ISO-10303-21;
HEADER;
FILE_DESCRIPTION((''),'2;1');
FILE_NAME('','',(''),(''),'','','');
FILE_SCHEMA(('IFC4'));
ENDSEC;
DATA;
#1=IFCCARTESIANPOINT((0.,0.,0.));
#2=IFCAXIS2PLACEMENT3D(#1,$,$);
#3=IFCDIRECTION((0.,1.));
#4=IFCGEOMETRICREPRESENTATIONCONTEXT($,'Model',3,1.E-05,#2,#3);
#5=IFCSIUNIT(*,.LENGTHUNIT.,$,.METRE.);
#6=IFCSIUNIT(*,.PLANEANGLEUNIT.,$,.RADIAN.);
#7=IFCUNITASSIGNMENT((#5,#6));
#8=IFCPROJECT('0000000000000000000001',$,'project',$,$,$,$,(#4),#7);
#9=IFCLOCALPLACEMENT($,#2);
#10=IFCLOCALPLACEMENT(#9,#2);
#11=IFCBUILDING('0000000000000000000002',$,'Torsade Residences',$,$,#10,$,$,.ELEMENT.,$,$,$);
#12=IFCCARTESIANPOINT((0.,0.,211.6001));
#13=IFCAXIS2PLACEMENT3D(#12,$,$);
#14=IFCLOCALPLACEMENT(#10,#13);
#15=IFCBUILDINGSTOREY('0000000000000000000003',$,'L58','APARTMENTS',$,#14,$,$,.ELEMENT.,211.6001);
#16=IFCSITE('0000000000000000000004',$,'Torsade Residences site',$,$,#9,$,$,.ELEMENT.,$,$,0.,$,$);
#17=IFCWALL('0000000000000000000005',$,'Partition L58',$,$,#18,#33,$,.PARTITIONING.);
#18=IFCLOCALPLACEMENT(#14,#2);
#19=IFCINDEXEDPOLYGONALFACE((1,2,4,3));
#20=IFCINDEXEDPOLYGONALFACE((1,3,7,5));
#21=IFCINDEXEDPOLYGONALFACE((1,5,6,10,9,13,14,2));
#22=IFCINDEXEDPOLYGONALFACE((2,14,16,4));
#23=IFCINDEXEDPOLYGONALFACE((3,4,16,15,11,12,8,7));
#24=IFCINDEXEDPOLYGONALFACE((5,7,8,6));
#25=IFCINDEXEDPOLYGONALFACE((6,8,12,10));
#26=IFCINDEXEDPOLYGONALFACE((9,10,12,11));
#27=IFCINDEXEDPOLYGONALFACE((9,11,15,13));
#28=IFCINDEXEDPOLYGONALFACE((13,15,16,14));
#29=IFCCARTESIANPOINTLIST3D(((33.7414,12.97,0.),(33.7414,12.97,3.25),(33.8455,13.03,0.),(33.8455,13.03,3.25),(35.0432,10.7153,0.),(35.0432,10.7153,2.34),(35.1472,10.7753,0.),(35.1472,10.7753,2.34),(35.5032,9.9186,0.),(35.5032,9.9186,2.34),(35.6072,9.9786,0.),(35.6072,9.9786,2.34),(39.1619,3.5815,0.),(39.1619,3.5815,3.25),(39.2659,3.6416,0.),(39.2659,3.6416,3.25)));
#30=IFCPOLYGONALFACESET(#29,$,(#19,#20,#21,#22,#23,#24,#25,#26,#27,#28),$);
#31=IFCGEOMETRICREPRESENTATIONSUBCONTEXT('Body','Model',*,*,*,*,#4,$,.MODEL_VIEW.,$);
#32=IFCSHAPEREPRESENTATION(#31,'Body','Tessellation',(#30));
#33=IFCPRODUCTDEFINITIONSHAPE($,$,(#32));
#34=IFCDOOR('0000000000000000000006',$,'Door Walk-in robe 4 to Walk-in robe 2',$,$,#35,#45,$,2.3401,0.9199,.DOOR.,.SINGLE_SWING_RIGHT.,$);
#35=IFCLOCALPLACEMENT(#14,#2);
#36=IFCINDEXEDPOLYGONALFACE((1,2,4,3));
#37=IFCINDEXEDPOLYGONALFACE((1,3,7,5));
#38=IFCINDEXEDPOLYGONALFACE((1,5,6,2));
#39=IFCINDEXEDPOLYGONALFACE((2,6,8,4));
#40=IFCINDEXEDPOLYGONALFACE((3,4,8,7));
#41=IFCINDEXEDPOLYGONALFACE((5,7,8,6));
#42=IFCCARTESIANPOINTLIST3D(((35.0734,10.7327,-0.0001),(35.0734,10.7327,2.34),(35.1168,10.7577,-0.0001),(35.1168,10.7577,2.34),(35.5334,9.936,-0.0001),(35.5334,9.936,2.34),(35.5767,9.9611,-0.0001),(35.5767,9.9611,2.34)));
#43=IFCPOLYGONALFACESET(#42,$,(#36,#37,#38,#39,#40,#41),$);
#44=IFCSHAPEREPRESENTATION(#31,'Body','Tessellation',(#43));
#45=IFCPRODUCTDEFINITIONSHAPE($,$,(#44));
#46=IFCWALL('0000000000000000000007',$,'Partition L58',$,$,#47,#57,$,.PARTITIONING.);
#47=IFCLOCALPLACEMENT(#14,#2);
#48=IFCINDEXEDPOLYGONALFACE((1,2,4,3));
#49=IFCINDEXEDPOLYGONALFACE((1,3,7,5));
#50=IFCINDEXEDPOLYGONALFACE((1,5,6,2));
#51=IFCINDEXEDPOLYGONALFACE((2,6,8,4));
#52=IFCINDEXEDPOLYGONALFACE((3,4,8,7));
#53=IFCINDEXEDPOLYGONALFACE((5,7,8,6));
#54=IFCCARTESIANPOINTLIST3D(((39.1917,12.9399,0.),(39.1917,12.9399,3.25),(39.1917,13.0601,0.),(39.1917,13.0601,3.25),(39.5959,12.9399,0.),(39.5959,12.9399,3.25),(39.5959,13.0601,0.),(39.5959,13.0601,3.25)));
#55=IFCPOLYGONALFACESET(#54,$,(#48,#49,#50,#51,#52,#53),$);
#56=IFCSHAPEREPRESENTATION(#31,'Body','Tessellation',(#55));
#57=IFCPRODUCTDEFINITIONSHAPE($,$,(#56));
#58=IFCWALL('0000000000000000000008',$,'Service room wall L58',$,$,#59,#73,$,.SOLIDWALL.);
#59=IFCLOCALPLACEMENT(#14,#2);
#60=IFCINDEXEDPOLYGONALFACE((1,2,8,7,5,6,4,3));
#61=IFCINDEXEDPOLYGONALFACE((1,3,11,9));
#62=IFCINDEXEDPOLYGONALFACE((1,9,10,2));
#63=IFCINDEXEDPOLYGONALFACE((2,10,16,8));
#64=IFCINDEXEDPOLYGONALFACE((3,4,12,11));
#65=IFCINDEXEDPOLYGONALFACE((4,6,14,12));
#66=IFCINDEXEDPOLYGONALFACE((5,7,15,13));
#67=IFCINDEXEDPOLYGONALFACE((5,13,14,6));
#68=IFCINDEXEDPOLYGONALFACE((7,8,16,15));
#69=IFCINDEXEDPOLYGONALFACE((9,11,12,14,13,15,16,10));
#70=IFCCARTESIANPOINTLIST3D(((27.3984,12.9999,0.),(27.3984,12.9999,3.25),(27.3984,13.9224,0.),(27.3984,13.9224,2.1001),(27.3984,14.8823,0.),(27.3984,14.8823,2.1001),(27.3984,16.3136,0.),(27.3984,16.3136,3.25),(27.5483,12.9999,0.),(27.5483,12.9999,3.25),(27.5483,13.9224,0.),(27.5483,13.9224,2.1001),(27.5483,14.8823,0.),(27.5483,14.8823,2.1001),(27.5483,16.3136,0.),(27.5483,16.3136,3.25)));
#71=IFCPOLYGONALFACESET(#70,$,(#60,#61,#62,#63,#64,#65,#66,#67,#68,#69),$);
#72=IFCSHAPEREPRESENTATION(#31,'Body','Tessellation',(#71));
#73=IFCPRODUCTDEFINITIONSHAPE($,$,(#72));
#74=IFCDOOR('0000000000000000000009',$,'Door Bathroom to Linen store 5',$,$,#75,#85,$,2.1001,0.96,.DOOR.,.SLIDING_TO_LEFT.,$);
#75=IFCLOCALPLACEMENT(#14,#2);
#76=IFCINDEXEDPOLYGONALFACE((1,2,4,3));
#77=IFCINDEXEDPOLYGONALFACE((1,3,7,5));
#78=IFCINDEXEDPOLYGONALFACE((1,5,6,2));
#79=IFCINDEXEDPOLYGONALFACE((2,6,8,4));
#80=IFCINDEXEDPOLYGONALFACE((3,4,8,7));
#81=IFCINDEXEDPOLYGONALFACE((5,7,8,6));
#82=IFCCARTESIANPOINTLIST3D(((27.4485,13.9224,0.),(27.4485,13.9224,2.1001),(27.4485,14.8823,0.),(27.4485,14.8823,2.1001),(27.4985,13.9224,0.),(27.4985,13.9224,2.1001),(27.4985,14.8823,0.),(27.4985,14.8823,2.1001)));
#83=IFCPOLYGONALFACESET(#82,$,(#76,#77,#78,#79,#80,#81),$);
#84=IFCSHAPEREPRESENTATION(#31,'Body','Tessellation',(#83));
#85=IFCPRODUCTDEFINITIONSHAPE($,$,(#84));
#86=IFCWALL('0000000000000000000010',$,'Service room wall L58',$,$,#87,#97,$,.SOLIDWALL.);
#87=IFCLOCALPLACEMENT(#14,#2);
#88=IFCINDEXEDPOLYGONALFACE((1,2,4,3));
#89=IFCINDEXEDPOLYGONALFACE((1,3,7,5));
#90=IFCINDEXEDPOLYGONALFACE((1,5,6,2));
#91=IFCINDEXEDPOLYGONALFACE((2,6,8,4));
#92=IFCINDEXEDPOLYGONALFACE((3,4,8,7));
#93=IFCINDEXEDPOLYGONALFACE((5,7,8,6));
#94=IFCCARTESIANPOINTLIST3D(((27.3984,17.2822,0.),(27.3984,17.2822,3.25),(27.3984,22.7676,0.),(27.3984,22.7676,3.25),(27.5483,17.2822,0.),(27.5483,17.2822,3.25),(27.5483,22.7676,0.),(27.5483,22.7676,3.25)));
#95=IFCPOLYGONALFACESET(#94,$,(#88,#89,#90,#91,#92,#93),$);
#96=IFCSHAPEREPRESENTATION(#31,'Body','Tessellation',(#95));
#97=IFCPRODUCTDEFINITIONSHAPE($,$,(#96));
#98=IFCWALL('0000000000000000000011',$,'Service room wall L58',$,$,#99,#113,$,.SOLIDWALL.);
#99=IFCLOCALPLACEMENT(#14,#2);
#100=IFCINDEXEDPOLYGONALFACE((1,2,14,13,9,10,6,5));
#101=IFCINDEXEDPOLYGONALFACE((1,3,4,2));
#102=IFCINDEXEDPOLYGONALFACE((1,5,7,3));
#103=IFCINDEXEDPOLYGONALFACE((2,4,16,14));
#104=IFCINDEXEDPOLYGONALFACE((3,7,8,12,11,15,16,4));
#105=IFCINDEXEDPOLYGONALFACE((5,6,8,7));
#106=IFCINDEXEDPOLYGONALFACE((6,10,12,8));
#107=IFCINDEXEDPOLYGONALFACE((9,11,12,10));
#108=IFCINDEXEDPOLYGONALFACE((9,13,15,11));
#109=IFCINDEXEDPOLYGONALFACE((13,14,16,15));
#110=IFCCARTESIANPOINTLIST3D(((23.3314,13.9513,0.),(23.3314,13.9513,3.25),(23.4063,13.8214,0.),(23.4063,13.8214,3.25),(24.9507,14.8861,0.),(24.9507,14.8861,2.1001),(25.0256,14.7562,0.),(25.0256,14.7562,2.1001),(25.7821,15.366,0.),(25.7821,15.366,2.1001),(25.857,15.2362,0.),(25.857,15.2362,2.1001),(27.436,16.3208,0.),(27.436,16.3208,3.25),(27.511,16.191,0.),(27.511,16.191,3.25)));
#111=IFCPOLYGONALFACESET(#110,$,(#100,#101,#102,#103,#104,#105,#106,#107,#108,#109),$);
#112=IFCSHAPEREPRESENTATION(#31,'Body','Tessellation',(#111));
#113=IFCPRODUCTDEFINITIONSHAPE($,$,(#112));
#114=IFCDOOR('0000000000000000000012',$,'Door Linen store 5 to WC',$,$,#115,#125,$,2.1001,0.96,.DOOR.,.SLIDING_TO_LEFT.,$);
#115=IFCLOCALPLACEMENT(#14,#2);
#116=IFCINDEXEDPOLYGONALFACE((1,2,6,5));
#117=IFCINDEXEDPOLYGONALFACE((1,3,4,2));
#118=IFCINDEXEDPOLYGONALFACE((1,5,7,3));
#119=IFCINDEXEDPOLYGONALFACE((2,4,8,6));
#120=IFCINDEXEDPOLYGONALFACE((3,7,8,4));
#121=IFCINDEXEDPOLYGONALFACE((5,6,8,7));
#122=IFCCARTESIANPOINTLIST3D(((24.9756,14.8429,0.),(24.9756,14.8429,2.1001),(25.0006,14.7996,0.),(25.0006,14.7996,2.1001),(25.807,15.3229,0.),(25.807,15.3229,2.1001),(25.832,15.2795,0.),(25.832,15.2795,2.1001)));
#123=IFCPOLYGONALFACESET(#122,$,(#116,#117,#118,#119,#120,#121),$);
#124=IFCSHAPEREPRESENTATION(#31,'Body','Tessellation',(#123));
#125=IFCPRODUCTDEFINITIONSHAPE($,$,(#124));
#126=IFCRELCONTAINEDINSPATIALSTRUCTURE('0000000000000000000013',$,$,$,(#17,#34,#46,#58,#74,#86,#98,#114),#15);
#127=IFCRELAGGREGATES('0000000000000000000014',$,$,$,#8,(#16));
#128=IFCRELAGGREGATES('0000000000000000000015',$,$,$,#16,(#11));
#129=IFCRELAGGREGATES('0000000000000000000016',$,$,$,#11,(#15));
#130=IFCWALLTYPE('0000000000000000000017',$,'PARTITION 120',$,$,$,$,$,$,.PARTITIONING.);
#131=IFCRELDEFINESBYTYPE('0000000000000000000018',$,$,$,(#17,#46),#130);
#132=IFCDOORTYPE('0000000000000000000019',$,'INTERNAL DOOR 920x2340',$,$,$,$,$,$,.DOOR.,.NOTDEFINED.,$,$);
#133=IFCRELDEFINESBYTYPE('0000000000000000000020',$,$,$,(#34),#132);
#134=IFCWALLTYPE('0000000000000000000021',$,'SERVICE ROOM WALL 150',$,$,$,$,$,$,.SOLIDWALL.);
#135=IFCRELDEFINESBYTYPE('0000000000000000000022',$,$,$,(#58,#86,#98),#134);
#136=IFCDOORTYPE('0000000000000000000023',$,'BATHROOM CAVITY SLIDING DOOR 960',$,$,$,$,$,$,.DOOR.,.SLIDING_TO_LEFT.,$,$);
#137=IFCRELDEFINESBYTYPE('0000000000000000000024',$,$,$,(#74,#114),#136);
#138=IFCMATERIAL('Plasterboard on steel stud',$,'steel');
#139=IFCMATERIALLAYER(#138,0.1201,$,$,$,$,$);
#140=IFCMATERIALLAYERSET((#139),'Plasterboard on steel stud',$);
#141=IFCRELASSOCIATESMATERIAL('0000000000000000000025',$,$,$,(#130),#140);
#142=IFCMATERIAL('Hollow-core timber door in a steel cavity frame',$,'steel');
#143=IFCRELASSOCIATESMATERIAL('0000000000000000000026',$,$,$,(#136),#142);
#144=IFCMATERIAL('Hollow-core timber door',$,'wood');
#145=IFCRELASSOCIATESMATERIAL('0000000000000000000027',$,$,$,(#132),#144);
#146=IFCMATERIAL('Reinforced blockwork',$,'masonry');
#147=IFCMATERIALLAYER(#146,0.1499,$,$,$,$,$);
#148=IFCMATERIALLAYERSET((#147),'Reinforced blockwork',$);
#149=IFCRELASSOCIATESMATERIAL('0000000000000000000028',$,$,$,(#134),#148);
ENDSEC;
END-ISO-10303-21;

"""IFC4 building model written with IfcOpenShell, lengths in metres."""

from ifc_helpers import new_model, si_unit, direction, frame, frame_2d, origin, place, context, subcontext, project, spatial, rectangle, extrude, material, layer, layer_set, type_object, element, fill, save


model = new_model("IFC4")

# Units and contexts
model_context = context("Model", 3, precision=1e-05, world=origin(), true_north=direction((0.0, 1.0)))
body_context = subcontext(model_context, "Body", "Model", "MODEL_VIEW")
ifc_project = project(units=[si_unit("LENGTHUNIT", "METRE"), si_unit("PLANEANGLEUNIT", "RADIAN")], contexts=[model_context])

# Site, building, storey
site_placement = place(None, origin())
site = spatial("IfcSite", under=ifc_project, at=site_placement, Name="Torsade Residences site", CompositionType="ELEMENT", RefElevation=0.0)
building_placement = place(site_placement, origin())
building = spatial("IfcBuilding", under=site, at=building_placement, Name="Torsade Residences", CompositionType="ELEMENT")
storey_placement = place(building_placement, frame((0.0, 0.0, 211.6001)))
storey = spatial("IfcBuildingStorey", under=building, at=storey_placement, Name="L58", Description="APARTMENTS", CompositionType="ELEMENT", Elevation=211.6001)

# Shared definitions
ifc_material_1 = material(Name="Plasterboard on steel stud", Category="steel")
ifc_layer_1 = layer(ifc_material_1, 0.1201)
ifc_layer_set_1 = layer_set([ifc_layer_1], Name="Plasterboard on steel stud")
wall_type_1 = type_object("IfcWallType", Name="PARTITION 120", PredefinedType="PARTITIONING", material=ifc_layer_set_1)

# Wall, opening, door
ifc_material_2 = material(Name="Hollow-core timber door in a steel cavity frame", Category="steel")
door_type_1 = type_object("IfcDoorType", Name="BATHROOM CAVITY SLIDING DOOR 960", OperationType="SLIDING_TO_LEFT", PredefinedType="DOOR", material=ifc_material_2)
ifc_material_3 = material(Name="Hollow-core timber door", Category="wood")
door_type_2 = type_object("IfcDoorType", Name="INTERNAL DOOR 920x2340", OperationType="NOTDEFINED", PredefinedType="DOOR", material=ifc_material_3)
wall_1_placement = place(storey_placement, frame((33.7935, 13.0, 0.0), z_axis=(0.0, 0.0, 1.0), x_axis=(0.5, -0.866025, 0.0)))
wall_1 = element("IfcWall", 1, at=wall_1_placement, inside=storey, type_object=wall_type_1, Name="Partition L58", PredefinedType="PARTITIONING", context=body_context, shape_type="SweptSolid", body=[
    extrude(rectangle(XDim=10.8408, YDim=0.1201, at=frame_2d((5.4204, 0.0))), origin(), (0.0, 0.0, 1.0), 3.25),
])
opening_1_placement = place(wall_1_placement, frame((2.6035, 0.0, 0.0)))
opening_1 = element("IfcOpeningElement", 2, at=opening_1_placement, cuts=wall_1, PredefinedType="OPENING", context=body_context, shape_type="SweptSolid", body=[
    extrude(rectangle(XDim=0.9199, YDim=2.3401, at=frame_2d((0.46, 1.1699))), frame((0.0, 0.0701, 0.0), z_axis=(0.0, -1.0, 0.0), x_axis=(1.0, 0.0, 0.0)), (0.0, 0.0, 1.0), 0.1401),
])
door_1_placement = place(opening_1_placement, origin())
door_1 = element("IfcDoor", 3, at=door_1_placement, inside=storey, type_object=door_type_2, Name="Door Walk-in robe 4 to Walk-in robe 2", OperationType="SINGLE_SWING_RIGHT", OverallHeight=2.3401, OverallWidth=0.9199, PredefinedType="DOOR", context=body_context, shape_type="SweptSolid", body=[
    extrude(rectangle(XDim=0.9199, YDim=2.3401, at=frame_2d((0.46, 1.1699))), frame((0.0, 0.0249, 0.0), z_axis=(0.0, -1.0, 0.0), x_axis=(1.0, 0.0, 0.0)), (0.0, 0.0, 1.0), 0.05),
])
fill(opening_1, door_1)

# Wall
wall_2_placement = place(storey_placement, frame((39.1917, 13.0, 0.0), z_axis=(0.0, 0.0, 1.0), x_axis=(1.0, 0.0, 0.0)))
element("IfcWall", 4, at=wall_2_placement, inside=storey, type_object=wall_type_1, Name="Partition L58", PredefinedType="PARTITIONING", context=body_context, shape_type="SweptSolid", body=[
    extrude(rectangle(XDim=0.4043, YDim=0.1201, at=frame_2d((0.2021, 0.0))), origin(), (0.0, 0.0, 1.0), 3.25),
])

# Wall, opening, door
ifc_material_4 = material(Name="Reinforced blockwork", Category="masonry")
ifc_layer_2 = layer(ifc_material_4, 0.1499)
ifc_layer_set_2 = layer_set([ifc_layer_2], Name="Reinforced blockwork")
wall_type_2 = type_object("IfcWallType", Name="SERVICE ROOM WALL 150", PredefinedType="SOLIDWALL", material=ifc_layer_set_2)
wall_3_placement = place(storey_placement, frame((27.4734, 13.0, 0.0), z_axis=(0.0, 0.0, 1.0), x_axis=(0.0, 1.0, 0.0)))
wall_3 = element("IfcWall", 5, at=wall_3_placement, inside=storey, type_object=wall_type_2, Name="Service room wall L58", PredefinedType="SOLIDWALL", context=body_context, shape_type="SweptSolid", body=[
    extrude(rectangle(XDim=3.3137, YDim=0.1499, at=frame_2d((1.6567, 0.0))), origin(), (0.0, 0.0, 1.0), 3.25),
])
opening_2_placement = place(wall_3_placement, frame((0.9224, 0.0, 0.0)))
opening_2 = element("IfcOpeningElement", 6, at=opening_2_placement, cuts=wall_3, PredefinedType="OPENING", context=body_context, shape_type="SweptSolid", body=[
    extrude(rectangle(XDim=0.96, YDim=2.1001, at=frame_2d((0.48, 1.05))), frame((0.0, 0.085, 0.0), z_axis=(0.0, -1.0, 0.0), x_axis=(1.0, 0.0, 0.0)), (0.0, 0.0, 1.0), 0.1699),
])
door_2_placement = place(opening_2_placement, origin())
door_2 = element("IfcDoor", 7, at=door_2_placement, inside=storey, type_object=door_type_1, Name="Door Bathroom to Linen store 5", OperationType="SLIDING_TO_LEFT", OverallHeight=2.1001, OverallWidth=0.96, PredefinedType="DOOR", context=body_context, shape_type="SweptSolid", body=[
    extrude(rectangle(XDim=0.96, YDim=2.1001, at=frame_2d((0.48, 1.05))), frame((0.0, 0.0249, 0.0), z_axis=(0.0, -1.0, 0.0), x_axis=(1.0, 0.0, 0.0)), (0.0, 0.0, 1.0), 0.05),
])
fill(opening_2, door_2)

# Wall
wall_4_placement = place(storey_placement, frame((27.4734, 17.2822, 0.0), z_axis=(0.0, 0.0, 1.0), x_axis=(0.0, 1.0, 0.0)))
element("IfcWall", 8, at=wall_4_placement, inside=storey, type_object=wall_type_2, Name="Service room wall L58", PredefinedType="SOLIDWALL", context=body_context, shape_type="SweptSolid", body=[
    extrude(rectangle(XDim=5.4854, YDim=0.1499, at=frame_2d((2.7427, 0.0))), origin(), (0.0, 0.0, 1.0), 3.25),
])

# Wall, opening, door
wall_5_placement = place(storey_placement, frame((27.4734, 16.2559, 0.0), z_axis=(0.0, 0.0, 1.0), x_axis=(-0.866047, -0.499962, 0.0)))
wall_5 = element("IfcWall", 9, at=wall_5_placement, inside=storey, type_object=wall_type_2, Name="Service room wall L58", PredefinedType="SOLIDWALL", context=body_context, shape_type="SweptSolid", body=[
    extrude(rectangle(XDim=4.7395, YDim=0.1499, at=frame_2d((2.3696, 0.0))), origin(), (0.0, 0.0, 1.0), 3.25),
])
opening_3_placement = place(wall_5_placement, frame((1.9097, 0.0, 0.0)))
opening_3 = element("IfcOpeningElement", 10, at=opening_3_placement, cuts=wall_5, PredefinedType="OPENING", context=body_context, shape_type="SweptSolid", body=[
    extrude(rectangle(XDim=0.96, YDim=2.1001, at=frame_2d((0.48, 1.05))), frame((0.0, 0.085, 0.0), z_axis=(0.0, -1.0, 0.0), x_axis=(1.0, 0.0, 0.0)), (0.0, 0.0, 1.0), 0.1699),
])
door_3_placement = place(opening_3_placement, origin())
door_3 = element("IfcDoor", 11, at=door_3_placement, inside=storey, type_object=door_type_1, Name="Door Linen store 5 to WC", OperationType="SLIDING_TO_LEFT", OverallHeight=2.1001, OverallWidth=0.96, PredefinedType="DOOR", context=body_context, shape_type="SweptSolid", body=[
    extrude(rectangle(XDim=0.96, YDim=2.1001, at=frame_2d((0.48, 1.05))), frame((0.0, 0.0249, 0.0), z_axis=(0.0, -1.0, 0.0), x_axis=(1.0, 0.0, 0.0)), (0.0, 0.0, 1.0), 0.05),
])
fill(opening_3, door_3)

save(model, "model.ifc")
